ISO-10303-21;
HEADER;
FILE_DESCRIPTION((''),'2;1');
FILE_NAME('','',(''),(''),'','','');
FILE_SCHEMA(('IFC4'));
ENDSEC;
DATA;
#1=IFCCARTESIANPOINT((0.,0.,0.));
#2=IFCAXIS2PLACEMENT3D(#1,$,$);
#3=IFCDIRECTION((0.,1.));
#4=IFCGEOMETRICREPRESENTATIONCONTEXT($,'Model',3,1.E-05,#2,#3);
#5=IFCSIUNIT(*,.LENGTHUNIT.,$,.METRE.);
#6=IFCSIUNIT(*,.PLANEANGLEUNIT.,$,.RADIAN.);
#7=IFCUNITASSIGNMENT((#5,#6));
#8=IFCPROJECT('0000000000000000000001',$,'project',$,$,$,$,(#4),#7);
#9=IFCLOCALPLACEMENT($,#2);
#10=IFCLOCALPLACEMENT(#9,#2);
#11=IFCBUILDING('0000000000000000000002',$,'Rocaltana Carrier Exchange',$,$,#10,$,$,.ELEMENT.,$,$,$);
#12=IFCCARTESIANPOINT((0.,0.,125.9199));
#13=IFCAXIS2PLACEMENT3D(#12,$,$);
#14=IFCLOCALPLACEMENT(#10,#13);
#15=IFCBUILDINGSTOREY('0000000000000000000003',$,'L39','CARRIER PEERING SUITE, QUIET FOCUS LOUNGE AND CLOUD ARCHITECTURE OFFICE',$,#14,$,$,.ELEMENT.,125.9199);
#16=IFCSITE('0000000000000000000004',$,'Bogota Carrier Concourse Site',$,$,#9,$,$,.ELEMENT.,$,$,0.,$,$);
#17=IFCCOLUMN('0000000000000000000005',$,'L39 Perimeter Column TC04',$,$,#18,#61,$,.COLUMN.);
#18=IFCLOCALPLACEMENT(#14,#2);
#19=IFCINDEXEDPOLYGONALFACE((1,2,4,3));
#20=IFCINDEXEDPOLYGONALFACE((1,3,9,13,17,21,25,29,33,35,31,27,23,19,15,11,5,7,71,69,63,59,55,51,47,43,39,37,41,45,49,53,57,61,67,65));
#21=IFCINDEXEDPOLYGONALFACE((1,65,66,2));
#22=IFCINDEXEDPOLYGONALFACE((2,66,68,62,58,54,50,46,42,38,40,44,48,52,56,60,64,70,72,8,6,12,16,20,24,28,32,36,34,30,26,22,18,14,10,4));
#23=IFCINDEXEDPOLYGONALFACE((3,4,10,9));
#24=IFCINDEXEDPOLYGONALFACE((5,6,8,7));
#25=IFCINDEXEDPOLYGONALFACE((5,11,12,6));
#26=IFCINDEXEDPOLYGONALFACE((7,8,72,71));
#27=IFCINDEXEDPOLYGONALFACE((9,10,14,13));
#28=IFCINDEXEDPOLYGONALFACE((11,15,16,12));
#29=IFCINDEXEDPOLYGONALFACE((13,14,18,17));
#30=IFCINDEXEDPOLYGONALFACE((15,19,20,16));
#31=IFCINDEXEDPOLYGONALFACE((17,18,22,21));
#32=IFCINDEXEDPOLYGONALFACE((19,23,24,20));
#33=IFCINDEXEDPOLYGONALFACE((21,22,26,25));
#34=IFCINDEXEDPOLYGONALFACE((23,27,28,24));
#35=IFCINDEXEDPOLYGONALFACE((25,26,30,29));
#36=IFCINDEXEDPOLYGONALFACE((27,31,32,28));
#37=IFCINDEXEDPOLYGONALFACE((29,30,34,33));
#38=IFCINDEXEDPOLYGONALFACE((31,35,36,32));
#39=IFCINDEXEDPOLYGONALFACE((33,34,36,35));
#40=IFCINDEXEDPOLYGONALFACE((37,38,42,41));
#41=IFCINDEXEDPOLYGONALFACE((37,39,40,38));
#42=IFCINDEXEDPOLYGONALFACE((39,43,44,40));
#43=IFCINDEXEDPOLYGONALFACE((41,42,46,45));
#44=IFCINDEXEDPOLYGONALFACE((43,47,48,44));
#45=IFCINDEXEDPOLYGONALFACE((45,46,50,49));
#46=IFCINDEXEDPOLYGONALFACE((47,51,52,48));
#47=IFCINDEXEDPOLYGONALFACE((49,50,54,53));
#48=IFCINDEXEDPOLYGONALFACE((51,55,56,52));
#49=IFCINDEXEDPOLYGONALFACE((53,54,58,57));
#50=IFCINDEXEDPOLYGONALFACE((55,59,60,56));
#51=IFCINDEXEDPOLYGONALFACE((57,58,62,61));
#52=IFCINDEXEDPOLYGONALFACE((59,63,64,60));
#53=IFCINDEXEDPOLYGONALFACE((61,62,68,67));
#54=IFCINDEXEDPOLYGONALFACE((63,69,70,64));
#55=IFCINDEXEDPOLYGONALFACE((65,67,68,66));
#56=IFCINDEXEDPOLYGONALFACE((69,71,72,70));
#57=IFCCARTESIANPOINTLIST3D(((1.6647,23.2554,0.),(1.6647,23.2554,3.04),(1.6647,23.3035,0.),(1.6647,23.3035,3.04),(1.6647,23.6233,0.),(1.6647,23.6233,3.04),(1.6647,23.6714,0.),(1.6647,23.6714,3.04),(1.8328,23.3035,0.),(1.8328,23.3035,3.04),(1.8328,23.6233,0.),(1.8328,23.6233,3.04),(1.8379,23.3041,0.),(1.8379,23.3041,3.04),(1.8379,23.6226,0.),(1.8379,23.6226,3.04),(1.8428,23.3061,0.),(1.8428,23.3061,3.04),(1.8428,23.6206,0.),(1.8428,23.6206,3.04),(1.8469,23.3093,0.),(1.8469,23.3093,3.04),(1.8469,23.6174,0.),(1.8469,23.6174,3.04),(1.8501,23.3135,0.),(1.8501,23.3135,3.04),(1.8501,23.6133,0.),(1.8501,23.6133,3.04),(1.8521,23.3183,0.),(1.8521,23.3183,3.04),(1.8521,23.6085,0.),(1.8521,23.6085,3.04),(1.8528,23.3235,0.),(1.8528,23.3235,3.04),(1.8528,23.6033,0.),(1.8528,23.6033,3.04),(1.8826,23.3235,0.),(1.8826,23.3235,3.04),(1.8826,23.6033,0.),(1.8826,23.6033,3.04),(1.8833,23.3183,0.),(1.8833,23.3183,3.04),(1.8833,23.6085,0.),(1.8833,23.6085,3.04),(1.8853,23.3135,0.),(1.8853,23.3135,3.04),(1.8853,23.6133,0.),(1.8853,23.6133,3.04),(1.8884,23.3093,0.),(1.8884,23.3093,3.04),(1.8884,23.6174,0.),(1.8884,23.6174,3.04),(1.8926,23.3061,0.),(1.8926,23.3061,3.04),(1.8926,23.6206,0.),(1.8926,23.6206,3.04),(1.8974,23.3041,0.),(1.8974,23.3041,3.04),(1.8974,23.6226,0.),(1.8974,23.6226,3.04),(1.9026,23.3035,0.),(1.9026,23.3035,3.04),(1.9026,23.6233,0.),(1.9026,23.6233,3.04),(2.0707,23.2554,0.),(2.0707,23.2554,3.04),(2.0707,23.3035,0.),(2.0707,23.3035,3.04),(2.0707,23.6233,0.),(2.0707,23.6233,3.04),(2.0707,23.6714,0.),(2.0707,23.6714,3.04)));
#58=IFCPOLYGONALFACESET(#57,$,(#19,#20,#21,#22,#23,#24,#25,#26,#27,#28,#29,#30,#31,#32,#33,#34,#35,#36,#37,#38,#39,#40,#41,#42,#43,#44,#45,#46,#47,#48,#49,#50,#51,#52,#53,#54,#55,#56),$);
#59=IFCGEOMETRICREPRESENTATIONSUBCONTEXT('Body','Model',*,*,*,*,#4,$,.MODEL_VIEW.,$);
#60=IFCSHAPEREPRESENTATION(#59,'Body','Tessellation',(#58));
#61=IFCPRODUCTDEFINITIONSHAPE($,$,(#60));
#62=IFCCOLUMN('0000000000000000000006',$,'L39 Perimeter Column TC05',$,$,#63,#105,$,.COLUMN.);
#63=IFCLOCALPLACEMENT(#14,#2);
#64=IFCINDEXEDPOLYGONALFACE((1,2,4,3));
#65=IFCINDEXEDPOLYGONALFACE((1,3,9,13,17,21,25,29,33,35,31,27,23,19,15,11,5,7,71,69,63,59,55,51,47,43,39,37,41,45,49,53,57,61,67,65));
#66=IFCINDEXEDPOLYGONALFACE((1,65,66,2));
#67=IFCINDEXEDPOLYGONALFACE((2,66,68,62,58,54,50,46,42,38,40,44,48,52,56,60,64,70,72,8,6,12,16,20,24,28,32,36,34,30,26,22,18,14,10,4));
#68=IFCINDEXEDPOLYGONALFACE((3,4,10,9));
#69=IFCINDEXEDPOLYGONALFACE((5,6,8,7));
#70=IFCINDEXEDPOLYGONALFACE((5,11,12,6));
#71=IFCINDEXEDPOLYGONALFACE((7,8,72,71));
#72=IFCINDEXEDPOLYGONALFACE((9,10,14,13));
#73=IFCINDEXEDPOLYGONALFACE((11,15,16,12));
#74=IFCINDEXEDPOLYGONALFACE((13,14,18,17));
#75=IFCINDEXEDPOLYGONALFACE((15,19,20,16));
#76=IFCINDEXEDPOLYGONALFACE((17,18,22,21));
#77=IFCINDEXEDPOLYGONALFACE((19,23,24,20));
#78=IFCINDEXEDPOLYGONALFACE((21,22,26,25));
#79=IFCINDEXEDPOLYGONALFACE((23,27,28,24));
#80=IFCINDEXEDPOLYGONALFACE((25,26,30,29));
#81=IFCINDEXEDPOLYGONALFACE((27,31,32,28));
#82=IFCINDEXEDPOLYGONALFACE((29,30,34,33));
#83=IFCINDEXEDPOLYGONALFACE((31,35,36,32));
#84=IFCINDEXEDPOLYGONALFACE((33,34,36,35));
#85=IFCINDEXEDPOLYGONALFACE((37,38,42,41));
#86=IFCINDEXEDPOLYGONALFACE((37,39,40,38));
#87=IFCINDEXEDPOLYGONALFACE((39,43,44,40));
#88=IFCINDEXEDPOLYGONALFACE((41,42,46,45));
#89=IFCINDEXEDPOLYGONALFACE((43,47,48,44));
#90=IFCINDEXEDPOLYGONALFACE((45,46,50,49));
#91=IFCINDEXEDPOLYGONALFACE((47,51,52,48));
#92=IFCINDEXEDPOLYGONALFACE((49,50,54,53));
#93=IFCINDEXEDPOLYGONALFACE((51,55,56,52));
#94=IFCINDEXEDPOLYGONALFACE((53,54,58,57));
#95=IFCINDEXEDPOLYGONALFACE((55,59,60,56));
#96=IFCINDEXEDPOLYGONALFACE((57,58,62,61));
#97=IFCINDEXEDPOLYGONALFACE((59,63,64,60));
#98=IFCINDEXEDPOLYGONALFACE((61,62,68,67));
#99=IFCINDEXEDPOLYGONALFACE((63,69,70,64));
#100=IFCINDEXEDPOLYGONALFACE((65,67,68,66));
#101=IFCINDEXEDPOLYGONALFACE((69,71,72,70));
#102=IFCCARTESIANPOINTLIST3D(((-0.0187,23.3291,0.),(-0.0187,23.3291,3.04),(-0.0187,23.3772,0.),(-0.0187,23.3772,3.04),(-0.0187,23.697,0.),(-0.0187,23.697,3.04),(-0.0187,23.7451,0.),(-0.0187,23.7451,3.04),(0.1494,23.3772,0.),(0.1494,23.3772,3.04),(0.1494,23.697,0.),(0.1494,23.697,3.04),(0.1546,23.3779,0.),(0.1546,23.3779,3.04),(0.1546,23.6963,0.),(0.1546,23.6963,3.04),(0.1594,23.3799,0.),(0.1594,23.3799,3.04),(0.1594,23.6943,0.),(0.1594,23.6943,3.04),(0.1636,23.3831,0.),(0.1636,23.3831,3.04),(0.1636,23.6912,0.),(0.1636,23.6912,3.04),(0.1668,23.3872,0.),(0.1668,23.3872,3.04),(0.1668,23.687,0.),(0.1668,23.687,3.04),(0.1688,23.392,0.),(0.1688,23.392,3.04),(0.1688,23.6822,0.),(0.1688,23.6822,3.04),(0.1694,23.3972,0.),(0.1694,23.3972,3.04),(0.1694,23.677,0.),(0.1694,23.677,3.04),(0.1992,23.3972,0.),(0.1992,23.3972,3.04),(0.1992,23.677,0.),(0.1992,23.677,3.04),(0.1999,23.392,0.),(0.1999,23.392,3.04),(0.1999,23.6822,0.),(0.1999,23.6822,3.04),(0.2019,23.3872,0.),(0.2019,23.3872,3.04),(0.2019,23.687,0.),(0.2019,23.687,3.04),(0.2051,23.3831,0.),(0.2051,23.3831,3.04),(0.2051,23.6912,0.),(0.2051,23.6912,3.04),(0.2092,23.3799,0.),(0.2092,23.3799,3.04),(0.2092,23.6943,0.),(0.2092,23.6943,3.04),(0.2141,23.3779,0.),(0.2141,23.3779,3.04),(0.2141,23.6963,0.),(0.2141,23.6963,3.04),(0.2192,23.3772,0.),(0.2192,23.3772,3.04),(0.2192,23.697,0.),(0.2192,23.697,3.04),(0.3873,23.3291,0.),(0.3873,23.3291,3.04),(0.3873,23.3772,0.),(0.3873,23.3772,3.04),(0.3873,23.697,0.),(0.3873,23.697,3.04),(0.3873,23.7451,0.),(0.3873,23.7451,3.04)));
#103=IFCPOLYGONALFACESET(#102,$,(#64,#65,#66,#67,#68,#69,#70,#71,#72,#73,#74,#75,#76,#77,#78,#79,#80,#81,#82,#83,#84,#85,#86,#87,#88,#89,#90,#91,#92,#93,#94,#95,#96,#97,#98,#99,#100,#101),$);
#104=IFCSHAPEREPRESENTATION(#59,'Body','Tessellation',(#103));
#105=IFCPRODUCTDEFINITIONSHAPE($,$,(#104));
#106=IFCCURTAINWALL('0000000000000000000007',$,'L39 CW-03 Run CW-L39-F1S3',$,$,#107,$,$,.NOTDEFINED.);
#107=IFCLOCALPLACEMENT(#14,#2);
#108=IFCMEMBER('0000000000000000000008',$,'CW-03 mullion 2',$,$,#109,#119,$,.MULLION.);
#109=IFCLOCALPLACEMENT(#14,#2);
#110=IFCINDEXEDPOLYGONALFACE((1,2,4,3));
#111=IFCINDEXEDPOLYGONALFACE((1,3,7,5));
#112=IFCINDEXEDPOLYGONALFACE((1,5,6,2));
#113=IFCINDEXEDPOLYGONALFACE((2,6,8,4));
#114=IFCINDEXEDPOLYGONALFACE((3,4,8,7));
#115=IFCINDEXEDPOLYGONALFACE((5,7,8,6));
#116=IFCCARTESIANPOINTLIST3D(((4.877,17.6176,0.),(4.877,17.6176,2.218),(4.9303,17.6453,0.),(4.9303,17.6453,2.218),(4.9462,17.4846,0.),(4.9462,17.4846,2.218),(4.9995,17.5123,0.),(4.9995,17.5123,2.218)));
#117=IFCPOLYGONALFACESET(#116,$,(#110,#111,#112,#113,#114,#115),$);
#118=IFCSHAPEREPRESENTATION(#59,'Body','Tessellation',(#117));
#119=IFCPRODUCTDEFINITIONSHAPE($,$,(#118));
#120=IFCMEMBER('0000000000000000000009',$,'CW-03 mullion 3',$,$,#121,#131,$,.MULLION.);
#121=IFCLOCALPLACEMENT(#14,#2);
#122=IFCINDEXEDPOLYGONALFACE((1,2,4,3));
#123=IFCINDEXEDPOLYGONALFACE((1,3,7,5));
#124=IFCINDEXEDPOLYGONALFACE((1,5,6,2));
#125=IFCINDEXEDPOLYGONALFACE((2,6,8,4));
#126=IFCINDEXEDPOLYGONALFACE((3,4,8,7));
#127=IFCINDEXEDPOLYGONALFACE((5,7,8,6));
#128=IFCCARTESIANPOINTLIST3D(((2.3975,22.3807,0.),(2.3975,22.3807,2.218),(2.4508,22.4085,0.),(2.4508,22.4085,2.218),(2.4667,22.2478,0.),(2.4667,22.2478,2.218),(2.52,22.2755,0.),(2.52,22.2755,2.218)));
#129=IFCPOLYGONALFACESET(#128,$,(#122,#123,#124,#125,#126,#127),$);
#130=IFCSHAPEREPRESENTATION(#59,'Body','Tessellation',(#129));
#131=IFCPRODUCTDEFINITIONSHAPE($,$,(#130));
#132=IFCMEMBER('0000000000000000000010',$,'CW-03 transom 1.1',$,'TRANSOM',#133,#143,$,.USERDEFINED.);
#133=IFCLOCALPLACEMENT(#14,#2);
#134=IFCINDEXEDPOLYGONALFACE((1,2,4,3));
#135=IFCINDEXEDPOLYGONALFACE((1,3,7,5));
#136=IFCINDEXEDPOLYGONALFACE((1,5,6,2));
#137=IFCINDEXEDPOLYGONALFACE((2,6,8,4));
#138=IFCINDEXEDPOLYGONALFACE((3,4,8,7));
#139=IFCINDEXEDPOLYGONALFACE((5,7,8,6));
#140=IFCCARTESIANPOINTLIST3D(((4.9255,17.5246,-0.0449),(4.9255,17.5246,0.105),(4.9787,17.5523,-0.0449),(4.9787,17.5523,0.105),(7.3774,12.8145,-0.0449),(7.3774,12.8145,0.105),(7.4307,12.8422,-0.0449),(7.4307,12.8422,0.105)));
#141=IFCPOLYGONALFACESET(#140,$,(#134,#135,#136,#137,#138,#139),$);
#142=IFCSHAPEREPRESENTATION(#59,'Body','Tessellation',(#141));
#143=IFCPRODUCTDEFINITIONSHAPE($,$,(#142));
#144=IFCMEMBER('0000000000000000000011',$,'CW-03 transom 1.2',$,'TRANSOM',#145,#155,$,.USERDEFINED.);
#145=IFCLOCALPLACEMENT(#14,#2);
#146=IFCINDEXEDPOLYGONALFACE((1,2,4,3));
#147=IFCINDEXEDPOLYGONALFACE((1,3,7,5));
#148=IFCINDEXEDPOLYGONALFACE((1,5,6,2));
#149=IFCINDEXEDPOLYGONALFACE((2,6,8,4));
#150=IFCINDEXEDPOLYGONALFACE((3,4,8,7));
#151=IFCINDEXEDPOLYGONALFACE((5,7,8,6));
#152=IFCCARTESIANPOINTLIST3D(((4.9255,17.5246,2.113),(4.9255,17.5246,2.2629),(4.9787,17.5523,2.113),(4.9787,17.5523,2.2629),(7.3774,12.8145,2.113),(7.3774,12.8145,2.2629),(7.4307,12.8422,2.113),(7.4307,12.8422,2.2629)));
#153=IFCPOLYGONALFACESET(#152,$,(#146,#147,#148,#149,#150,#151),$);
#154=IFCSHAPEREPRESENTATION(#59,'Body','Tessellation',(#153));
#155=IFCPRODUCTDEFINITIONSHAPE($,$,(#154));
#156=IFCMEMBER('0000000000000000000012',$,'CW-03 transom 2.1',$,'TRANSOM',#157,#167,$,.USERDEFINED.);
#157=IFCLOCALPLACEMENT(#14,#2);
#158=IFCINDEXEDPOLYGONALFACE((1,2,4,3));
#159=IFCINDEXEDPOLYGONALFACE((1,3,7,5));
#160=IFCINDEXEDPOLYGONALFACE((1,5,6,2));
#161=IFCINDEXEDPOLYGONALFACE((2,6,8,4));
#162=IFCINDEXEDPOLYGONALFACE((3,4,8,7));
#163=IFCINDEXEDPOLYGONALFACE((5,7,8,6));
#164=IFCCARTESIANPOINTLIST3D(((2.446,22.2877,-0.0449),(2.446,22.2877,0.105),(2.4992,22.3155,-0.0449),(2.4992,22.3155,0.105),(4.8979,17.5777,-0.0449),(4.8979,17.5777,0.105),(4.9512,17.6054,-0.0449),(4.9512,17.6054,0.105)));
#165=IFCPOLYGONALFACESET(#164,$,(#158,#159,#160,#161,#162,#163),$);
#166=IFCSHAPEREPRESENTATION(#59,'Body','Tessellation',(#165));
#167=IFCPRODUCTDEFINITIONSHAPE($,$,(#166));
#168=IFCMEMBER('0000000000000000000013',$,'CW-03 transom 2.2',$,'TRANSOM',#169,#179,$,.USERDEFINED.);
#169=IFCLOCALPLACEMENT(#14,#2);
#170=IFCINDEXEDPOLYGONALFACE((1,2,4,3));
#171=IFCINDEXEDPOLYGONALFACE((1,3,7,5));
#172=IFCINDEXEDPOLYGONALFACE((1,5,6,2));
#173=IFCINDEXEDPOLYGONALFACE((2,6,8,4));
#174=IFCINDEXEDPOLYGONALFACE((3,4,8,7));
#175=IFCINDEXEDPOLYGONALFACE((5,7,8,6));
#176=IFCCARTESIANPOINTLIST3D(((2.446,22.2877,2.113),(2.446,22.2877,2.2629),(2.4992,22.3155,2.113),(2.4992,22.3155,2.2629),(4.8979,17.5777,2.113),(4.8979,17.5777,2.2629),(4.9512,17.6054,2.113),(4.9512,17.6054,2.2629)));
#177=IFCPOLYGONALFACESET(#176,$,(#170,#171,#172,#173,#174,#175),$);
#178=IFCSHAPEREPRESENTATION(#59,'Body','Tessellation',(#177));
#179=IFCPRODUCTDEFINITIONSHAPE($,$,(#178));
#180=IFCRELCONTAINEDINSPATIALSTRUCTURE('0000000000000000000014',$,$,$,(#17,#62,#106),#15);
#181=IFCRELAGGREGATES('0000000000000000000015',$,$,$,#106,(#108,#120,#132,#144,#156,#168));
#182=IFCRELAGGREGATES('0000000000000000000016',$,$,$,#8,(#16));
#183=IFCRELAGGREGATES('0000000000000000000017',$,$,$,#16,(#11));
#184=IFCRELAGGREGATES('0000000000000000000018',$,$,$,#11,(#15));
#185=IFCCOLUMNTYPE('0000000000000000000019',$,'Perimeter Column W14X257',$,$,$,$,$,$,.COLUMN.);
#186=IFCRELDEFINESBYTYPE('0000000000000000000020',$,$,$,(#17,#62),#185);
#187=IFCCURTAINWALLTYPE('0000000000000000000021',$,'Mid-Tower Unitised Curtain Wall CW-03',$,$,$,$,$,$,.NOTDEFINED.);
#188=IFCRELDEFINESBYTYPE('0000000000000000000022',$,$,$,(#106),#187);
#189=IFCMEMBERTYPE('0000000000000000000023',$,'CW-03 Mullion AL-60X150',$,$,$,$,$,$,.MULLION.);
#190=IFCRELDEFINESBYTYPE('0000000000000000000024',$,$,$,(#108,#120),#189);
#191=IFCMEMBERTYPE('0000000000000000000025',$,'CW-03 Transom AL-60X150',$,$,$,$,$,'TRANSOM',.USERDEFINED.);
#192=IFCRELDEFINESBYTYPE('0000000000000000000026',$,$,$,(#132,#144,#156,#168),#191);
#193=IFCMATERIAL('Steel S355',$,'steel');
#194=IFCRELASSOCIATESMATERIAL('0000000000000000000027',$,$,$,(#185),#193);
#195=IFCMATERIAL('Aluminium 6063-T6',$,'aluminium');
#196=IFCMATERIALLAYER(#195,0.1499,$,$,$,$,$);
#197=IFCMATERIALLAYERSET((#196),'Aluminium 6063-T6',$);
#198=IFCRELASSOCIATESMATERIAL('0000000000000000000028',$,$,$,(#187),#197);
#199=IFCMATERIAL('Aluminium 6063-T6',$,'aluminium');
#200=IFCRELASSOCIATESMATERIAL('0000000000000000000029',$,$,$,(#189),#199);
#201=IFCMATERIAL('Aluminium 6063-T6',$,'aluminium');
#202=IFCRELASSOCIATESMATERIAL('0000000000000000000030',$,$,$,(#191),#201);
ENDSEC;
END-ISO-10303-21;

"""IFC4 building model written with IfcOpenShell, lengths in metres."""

from ifc_helpers import new_model, si_unit, direction, frame, origin, origin_2d, place, context, subcontext, project, spatial, rectangle, i_section, extrude, material, layer, layer_set, material_profile, profile_set, type_object, element, aggregate, save


model = new_model("IFC4")

# Units and contexts
model_context = context("Model", 3, precision=1e-05, world=origin(), true_north=direction((0.0, 1.0)))
body_context = subcontext(model_context, "Body", "Model", "MODEL_VIEW")
ifc_project = project(units=[si_unit("LENGTHUNIT", "METRE"), si_unit("PLANEANGLEUNIT", "RADIAN")], contexts=[model_context])

# Site, building, storey
site_placement = place(None, origin())
site = spatial("IfcSite", under=ifc_project, at=site_placement, Name="Bogota Carrier Concourse Site", CompositionType="ELEMENT", RefElevation=0.0)
building_placement = place(site_placement, origin())
building = spatial("IfcBuilding", under=site, at=building_placement, Name="Rocaltana Carrier Exchange", CompositionType="ELEMENT")
storey_placement = place(building_placement, frame((0.0, 0.0, 125.9199)))
storey = spatial("IfcBuildingStorey", under=building, at=storey_placement, Name="L39", Description="CARRIER PEERING SUITE, QUIET FOCUS LOUNGE AND CLOUD ARCHITECTURE OFFICE", CompositionType="ELEMENT", Elevation=125.9199)

# Columns
ifc_material_1 = material(Name="Steel S355", Category="steel")
ifc_material_profile_1 = material_profile(ifc_material_1, i_section(OverallWidth=0.406, OverallDepth=0.416, WebThickness=0.0298, FlangeThickness=0.0481, FilletRadius=0.02, at=origin_2d()), Name="W14X257")
ifc_profile_set_1 = profile_set([ifc_material_profile_1], Name="Steel S355")
column_type = type_object("IfcColumnType", Name="Perimeter Column W14X257", PredefinedType="COLUMN", material=ifc_profile_set_1)
for number, where, z_axis, x_axis, name in (
    (1, (1.8677, 23.4634, 0.0), (0.0, 0.0, 1.0), (1.0, 0.0, 0.0), "L39 Perimeter Column TC04"),
    (2, (0.1843, 23.5371, 0.0), (0.0, 0.0, 1.0), (1.0, 0.0, 0.0), "L39 Perimeter Column TC05"),
):
    element("IfcColumn", number, at=place(storey_placement, frame(where, z_axis=z_axis, x_axis=x_axis)), inside=storey, type_object=column_type, Name=name, PredefinedType="COLUMN", context=body_context, shape_type="SweptSolid", body=[
        extrude(i_section(OverallWidth=0.406, OverallDepth=0.416, WebThickness=0.0298, FlangeThickness=0.0481, FilletRadius=0.02, at=origin_2d()), origin(), (0.0, 0.0, 1.0), 3.04),
    ])

# Curtain wall, members
ifc_material_2 = material(Name="Aluminium 6063-T6", Category="aluminium")
ifc_layer_1 = layer(ifc_material_2, 0.1499)
ifc_layer_set_1 = layer_set([ifc_layer_1], Name="Aluminium 6063-T6")
curtain_wall_type = type_object("IfcCurtainWallType", Name="Mid-Tower Unitised Curtain Wall CW-03", PredefinedType="NOTDEFINED", material=ifc_layer_set_1)
curtain_wall_placement = place(storey_placement, origin())
curtain_wall = element("IfcCurtainWall", 3, at=curtain_wall_placement, inside=storey, type_object=curtain_wall_type, Name="L39 CW-03 Run CW-L39-F1S3", PredefinedType="NOTDEFINED")
ifc_material_3 = material(Name="Aluminium 6063-T6", Category="aluminium")
ifc_material_profile_2 = material_profile(ifc_material_3, rectangle(XDim=0.0601, YDim=0.1499, at=origin_2d()), Name="AL-60X150")
ifc_profile_set_2 = profile_set([ifc_material_profile_2], Name="Aluminium 6063-T6")
member_type_1 = type_object("IfcMemberType", Name="CW-03 Mullion AL-60X150", PredefinedType="MULLION", material=ifc_profile_set_2)
member_1_placement = place(storey_placement, frame((4.9382, 17.5649, 0.0), z_axis=(0.0, 0.0, 1.0), x_axis=(-0.887008, -0.461754, 0.0)))
member_1 = element("IfcMember", 4, at=member_1_placement, type_object=member_type_1, Name="CW-03 mullion 2", PredefinedType="MULLION", context=body_context, shape_type="SweptSolid", body=[
    extrude(rectangle(XDim=0.0601, YDim=0.1499, at=origin_2d()), origin(), (0.0, 0.0, 1.0), 2.218),
])
member_2_placement = place(storey_placement, frame((2.4587, 22.3281, 0.0), z_axis=(0.0, 0.0, 1.0), x_axis=(-0.887008, -0.461754, 0.0)))
member_2 = element("IfcMember", 5, at=member_2_placement, type_object=member_type_1, Name="CW-03 mullion 3", PredefinedType="MULLION", context=body_context, shape_type="SweptSolid", body=[
    extrude(rectangle(XDim=0.0601, YDim=0.1499, at=origin_2d()), origin(), (0.0, 0.0, 1.0), 2.218),
])
ifc_material_4 = material(Name="Aluminium 6063-T6", Category="aluminium")
ifc_material_profile_3 = material_profile(ifc_material_4, rectangle(XDim=0.0601, YDim=0.1499, at=origin_2d()), Name="AL-60X150")
ifc_profile_set_3 = profile_set([ifc_material_profile_3], Name="Aluminium 6063-T6")
member_type_2 = type_object("IfcMemberType", Name="CW-03 Transom AL-60X150", ElementType="TRANSOM", PredefinedType="USERDEFINED", material=ifc_profile_set_3)
member_3_placement = place(storey_placement, frame((7.4041, 12.8284, 0.03), z_axis=(-0.461757, 0.887007, 0.0), x_axis=(-0.887007, -0.461757, 0.0)))
member_3 = element("IfcMember", 6, at=member_3_placement, type_object=member_type_2, Name="CW-03 transom 1.1", ObjectType="TRANSOM", PredefinedType="USERDEFINED", context=body_context, shape_type="SweptSolid", body=[
    extrude(rectangle(XDim=0.0601, YDim=0.1499, at=origin_2d()), origin(), (0.0, 0.0, 1.0), 5.3101),
])
member_4_placement = place(storey_placement, frame((7.4041, 12.8284, 2.188), z_axis=(-0.461757, 0.887007, 0.0), x_axis=(-0.887007, -0.461757, 0.0)))
member_4 = element("IfcMember", 7, at=member_4_placement, type_object=member_type_2, Name="CW-03 transom 1.2", ObjectType="TRANSOM", PredefinedType="USERDEFINED", context=body_context, shape_type="SweptSolid", body=[
    extrude(rectangle(XDim=0.0601, YDim=0.1499, at=origin_2d()), origin(), (0.0, 0.0, 1.0), 5.3101),
])
member_5_placement = place(storey_placement, frame((4.9246, 17.5916, 0.03), z_axis=(-0.461757, 0.887007, 0.0), x_axis=(-0.887007, -0.461757, 0.0)))
member_5 = element("IfcMember", 8, at=member_5_placement, type_object=member_type_2, Name="CW-03 transom 2.1", ObjectType="TRANSOM", PredefinedType="USERDEFINED", context=body_context, shape_type="SweptSolid", body=[
    extrude(rectangle(XDim=0.0601, YDim=0.1499, at=origin_2d()), origin(), (0.0, 0.0, 1.0), 5.3101),
])
member_6_placement = place(storey_placement, frame((4.9246, 17.5916, 2.188), z_axis=(-0.461757, 0.887007, 0.0), x_axis=(-0.887007, -0.461757, 0.0)))
member_6 = element("IfcMember", 9, at=member_6_placement, type_object=member_type_2, Name="CW-03 transom 2.2", ObjectType="TRANSOM", PredefinedType="USERDEFINED", context=body_context, shape_type="SweptSolid", body=[
    extrude(rectangle(XDim=0.0601, YDim=0.1499, at=origin_2d()), origin(), (0.0, 0.0, 1.0), 5.3101),
])

aggregate(curtain_wall, [member_1, member_2, member_3, member_4, member_5, member_6])

save(model, "model.ifc")
